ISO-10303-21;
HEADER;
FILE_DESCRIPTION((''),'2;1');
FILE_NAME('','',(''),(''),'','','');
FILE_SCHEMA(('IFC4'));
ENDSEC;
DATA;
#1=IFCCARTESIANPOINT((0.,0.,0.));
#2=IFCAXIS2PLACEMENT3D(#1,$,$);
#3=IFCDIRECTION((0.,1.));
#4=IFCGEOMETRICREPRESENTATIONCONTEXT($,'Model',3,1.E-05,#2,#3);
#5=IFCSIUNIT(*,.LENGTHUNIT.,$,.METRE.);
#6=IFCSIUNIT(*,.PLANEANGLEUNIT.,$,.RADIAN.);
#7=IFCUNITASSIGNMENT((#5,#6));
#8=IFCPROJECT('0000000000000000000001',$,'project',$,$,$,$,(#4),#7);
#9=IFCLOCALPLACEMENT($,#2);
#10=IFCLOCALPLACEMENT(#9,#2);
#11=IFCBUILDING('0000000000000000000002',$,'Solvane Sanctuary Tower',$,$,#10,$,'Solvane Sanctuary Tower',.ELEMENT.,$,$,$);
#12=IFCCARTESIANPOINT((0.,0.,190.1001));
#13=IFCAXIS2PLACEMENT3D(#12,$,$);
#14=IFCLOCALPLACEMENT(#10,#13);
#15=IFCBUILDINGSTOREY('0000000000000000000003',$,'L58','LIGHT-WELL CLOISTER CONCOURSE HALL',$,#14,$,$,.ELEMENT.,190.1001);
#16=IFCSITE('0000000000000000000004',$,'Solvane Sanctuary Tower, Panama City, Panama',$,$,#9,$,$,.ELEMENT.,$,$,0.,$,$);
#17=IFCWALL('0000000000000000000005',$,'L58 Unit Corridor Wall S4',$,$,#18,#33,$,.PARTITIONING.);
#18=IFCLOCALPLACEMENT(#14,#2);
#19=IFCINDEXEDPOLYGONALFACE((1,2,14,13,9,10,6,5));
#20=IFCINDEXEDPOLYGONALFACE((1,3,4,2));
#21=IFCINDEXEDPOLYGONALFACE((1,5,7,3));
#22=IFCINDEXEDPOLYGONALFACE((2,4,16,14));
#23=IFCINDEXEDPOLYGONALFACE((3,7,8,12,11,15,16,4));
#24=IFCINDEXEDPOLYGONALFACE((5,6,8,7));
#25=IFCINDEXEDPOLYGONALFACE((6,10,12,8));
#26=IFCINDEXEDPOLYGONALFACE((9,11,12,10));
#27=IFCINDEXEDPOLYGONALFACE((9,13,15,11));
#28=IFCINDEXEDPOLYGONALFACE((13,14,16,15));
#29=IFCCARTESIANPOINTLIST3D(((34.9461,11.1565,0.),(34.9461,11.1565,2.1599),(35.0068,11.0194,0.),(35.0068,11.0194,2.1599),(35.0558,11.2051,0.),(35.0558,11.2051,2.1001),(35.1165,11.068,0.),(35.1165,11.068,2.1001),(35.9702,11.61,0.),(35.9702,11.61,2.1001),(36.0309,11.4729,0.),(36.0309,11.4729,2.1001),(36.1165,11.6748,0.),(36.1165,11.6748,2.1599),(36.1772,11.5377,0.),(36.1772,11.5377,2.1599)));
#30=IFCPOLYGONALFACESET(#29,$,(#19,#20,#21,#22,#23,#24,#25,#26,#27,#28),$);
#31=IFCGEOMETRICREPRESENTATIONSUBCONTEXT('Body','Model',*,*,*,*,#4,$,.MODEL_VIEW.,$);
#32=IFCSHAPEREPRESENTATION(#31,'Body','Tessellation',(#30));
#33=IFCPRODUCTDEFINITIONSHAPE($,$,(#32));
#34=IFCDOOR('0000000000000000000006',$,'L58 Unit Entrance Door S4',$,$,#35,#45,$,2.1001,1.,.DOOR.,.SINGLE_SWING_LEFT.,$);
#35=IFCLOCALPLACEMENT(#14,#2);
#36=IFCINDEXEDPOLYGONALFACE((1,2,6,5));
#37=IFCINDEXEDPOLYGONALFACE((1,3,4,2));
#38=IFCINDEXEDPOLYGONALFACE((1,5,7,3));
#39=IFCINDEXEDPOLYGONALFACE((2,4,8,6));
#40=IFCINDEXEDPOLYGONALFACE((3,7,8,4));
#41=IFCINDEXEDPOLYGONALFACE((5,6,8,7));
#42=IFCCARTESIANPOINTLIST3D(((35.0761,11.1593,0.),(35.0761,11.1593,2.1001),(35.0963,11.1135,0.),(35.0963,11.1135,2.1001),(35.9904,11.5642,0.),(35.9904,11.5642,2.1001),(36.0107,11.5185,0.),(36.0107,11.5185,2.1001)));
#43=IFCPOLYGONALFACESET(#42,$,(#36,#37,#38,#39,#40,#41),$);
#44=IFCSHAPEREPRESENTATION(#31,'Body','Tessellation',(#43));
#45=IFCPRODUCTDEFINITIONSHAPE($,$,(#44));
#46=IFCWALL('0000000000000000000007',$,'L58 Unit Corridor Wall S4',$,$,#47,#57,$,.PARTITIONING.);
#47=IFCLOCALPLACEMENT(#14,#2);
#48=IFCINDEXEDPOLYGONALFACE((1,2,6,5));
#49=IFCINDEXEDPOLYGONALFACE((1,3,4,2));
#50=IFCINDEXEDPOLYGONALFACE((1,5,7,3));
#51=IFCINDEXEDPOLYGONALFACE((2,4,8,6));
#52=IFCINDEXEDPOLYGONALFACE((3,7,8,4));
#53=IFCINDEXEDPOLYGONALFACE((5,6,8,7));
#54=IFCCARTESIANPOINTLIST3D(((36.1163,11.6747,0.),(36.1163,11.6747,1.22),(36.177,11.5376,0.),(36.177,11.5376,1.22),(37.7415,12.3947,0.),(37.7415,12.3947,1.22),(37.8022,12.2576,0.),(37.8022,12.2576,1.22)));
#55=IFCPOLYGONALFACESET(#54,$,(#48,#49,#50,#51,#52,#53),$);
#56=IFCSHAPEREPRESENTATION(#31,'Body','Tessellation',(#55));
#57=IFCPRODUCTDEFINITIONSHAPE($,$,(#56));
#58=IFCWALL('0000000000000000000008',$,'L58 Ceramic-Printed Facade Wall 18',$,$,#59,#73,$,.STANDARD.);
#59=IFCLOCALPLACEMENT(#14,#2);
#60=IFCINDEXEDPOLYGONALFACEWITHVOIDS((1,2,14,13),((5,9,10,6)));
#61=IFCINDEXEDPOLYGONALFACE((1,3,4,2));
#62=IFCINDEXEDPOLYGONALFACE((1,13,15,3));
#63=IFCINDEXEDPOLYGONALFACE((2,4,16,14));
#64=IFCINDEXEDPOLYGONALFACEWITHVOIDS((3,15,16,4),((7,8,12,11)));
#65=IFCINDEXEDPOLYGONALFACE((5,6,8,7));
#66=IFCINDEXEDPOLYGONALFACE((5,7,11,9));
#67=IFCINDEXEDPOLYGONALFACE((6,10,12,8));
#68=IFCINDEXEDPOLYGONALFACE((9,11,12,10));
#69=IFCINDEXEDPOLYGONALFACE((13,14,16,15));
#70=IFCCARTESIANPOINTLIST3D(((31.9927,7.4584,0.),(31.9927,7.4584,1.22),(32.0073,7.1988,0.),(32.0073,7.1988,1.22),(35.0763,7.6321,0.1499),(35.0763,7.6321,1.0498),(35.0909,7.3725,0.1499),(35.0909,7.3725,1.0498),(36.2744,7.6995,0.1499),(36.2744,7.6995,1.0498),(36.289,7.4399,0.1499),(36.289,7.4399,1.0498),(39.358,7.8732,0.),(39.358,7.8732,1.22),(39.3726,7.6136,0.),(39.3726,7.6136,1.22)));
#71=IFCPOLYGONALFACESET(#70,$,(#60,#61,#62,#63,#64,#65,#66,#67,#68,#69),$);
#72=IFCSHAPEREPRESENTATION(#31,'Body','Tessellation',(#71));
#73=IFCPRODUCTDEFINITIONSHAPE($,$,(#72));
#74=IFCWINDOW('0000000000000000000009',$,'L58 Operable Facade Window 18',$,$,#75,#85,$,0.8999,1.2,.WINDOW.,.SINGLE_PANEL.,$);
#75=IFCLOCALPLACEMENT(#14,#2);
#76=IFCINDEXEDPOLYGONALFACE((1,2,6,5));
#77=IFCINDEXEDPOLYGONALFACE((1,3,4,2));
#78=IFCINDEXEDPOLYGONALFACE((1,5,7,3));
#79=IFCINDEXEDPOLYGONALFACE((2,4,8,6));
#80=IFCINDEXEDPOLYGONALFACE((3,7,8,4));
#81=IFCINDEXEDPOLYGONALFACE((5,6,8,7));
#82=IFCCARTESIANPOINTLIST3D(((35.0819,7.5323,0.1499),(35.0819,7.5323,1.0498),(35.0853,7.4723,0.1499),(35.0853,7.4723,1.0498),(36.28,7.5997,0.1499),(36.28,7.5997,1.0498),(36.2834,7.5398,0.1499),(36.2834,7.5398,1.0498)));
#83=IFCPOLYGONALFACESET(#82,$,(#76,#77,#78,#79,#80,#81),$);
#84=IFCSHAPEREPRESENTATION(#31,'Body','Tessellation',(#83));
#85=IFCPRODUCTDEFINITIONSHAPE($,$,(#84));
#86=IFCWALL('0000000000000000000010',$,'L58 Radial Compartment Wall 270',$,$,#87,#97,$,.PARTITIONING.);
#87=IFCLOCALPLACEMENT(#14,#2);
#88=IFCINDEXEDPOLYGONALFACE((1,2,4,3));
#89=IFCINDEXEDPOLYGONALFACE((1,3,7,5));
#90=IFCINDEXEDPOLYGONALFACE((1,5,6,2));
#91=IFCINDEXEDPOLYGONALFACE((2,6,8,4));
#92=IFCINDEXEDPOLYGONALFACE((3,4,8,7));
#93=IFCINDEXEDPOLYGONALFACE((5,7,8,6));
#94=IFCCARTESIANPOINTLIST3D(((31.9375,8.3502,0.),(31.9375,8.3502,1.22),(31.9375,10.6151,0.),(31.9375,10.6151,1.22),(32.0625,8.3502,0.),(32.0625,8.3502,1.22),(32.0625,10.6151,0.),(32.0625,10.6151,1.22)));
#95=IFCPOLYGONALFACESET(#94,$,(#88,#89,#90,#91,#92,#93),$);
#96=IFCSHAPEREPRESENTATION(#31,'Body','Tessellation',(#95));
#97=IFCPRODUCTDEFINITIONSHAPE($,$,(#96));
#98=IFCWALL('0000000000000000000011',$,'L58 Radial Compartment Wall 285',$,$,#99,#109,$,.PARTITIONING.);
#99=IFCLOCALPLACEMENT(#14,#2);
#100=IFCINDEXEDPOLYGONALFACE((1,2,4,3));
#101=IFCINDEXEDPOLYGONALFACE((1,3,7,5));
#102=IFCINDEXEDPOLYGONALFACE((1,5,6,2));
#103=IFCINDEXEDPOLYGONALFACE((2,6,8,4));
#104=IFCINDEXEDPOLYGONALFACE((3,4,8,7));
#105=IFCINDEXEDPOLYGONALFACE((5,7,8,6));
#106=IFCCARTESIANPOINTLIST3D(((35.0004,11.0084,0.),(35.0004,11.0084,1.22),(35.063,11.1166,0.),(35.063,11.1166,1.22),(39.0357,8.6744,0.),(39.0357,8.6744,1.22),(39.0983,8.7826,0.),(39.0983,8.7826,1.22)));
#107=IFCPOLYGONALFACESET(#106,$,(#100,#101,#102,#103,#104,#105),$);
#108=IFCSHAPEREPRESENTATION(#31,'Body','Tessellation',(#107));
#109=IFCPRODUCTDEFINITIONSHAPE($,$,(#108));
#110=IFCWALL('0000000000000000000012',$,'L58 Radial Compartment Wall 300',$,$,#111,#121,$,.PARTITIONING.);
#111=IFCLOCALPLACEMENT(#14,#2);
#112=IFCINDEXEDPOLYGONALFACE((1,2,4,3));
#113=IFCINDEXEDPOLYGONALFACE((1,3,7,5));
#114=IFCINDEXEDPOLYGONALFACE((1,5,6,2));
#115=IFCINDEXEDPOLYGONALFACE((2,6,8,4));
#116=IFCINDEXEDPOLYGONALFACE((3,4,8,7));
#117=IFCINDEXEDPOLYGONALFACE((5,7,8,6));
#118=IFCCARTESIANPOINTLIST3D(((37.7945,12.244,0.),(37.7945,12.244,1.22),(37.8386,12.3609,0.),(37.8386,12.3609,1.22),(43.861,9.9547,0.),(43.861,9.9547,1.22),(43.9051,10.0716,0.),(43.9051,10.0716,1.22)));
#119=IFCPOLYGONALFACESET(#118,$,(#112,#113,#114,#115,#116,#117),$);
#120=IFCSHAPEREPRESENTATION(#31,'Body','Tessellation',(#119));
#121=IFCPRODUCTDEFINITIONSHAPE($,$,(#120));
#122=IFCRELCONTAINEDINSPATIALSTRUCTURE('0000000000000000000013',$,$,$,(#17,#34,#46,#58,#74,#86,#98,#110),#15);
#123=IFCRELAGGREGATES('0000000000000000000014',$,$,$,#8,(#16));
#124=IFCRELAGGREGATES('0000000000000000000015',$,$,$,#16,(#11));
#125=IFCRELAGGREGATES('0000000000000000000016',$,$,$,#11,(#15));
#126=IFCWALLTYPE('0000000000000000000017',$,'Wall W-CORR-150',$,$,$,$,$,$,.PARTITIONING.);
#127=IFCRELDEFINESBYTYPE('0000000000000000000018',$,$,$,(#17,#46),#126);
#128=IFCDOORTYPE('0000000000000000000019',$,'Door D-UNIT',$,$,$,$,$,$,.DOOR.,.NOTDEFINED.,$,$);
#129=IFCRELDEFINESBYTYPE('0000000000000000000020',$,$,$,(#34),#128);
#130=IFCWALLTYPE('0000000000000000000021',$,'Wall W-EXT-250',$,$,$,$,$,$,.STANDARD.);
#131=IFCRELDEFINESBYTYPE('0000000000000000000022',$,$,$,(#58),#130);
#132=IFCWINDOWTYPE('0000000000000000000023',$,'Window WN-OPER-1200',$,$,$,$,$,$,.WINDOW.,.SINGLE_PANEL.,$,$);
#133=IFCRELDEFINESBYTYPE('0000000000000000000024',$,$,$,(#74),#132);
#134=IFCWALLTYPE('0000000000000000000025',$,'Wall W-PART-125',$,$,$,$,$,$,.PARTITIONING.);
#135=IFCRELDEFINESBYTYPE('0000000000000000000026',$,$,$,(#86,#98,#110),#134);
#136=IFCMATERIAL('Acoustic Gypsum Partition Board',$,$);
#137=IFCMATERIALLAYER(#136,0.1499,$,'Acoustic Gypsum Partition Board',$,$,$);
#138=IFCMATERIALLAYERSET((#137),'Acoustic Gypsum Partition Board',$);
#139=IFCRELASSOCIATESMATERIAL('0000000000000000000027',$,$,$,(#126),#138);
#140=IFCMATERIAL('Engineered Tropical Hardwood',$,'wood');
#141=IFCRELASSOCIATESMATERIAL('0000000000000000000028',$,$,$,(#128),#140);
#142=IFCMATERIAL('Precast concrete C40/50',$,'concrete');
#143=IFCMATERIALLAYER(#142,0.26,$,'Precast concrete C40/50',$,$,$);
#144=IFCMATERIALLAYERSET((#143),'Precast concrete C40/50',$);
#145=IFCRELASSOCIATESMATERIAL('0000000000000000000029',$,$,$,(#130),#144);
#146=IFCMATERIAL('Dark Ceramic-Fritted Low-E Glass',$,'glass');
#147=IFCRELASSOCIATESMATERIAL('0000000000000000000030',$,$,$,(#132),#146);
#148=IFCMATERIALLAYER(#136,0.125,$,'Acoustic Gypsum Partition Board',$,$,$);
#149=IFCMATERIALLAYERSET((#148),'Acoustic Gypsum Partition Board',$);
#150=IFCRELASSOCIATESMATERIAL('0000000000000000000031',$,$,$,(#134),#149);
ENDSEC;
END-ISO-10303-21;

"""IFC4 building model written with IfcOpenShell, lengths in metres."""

from ifc_helpers import new_model, si_unit, direction, frame, frame_2d, origin, place, context, subcontext, project, spatial, rectangle, extrude, material, layer, layer_set, type_object, element, fill, save


model = new_model("IFC4")

# Units and contexts
model_context = context("Model", 3, precision=1e-05, world=origin(), true_north=direction((0.0, 1.0)))
body_context = subcontext(model_context, "Body", "Model", "MODEL_VIEW")
ifc_project = project(units=[si_unit("LENGTHUNIT", "METRE"), si_unit("PLANEANGLEUNIT", "RADIAN")], contexts=[model_context])

# Site, building, storey
site_placement = place(None, origin())
site = spatial("IfcSite", under=ifc_project, at=site_placement, Name="Solvane Sanctuary Tower, Panama City, Panama", CompositionType="ELEMENT", RefElevation=0.0)
building_placement = place(site_placement, origin())
building = spatial("IfcBuilding", under=site, at=building_placement, Name="Solvane Sanctuary Tower", LongName="Solvane Sanctuary Tower", CompositionType="ELEMENT")
storey_placement = place(building_placement, frame((0.0, 0.0, 190.1001)))
storey = spatial("IfcBuildingStorey", under=building, at=storey_placement, Name="L58", Description="LIGHT-WELL CLOISTER CONCOURSE HALL", CompositionType="ELEMENT", Elevation=190.1001)

# Shared definitions
ifc_material_1 = material(Name="Acoustic Gypsum Partition Board")
ifc_layer_1 = layer(ifc_material_1, 0.1499, Name="Acoustic Gypsum Partition Board")
ifc_layer_set_1 = layer_set([ifc_layer_1], Name="Acoustic Gypsum Partition Board")
wall_type_1 = type_object("IfcWallType", Name="Wall W-CORR-150", PredefinedType="PARTITIONING", material=ifc_layer_set_1)

# Shared definitions
ifc_material_2 = material(Name="Engineered Tropical Hardwood", Category="wood")

# Shared definitions
door_type_1 = type_object("IfcDoorType", Name="Door D-UNIT", OperationType="NOTDEFINED", PredefinedType="DOOR", material=ifc_material_2)

# Wall, opening, door
wall_1_placement = place(storey_placement, frame((34.9763, 11.0879, 0.0), z_axis=(0.0, 0.0, 1.0), x_axis=(0.914353, 0.404917, 0.0)))
wall_1 = element("IfcWall", 1, at=wall_1_placement, inside=storey, type_object=wall_type_1, Name="L58 Unit Corridor Wall S4", PredefinedType="PARTITIONING", context=body_context, shape_type="SweptSolid", body=[
    extrude(rectangle(XDim=1.28, YDim=0.1499, at=frame_2d((0.6401, 0.0))), origin(), (0.0, 0.0, 1.0), 2.1599),
])
opening_1_placement = place(wall_1_placement, frame((0.1201, 0.0, 0.0)))
opening_1 = element("IfcOpeningElement", 2, at=opening_1_placement, cuts=wall_1, PredefinedType="OPENING", context=body_context, shape_type="SweptSolid", body=[
    extrude(rectangle(XDim=1.0, YDim=2.1001, at=frame_2d((0.5, 1.05))), frame((0.0, 0.085, 0.0), z_axis=(0.0, -1.0, 0.0), x_axis=(1.0, 0.0, 0.0)), (0.0, 0.0, 1.0), 0.1699),
])
door_1_placement = place(opening_1_placement, origin())
door_1 = element("IfcDoor", 3, at=door_1_placement, inside=storey, type_object=door_type_1, Name="L58 Unit Entrance Door S4", OperationType="SINGLE_SWING_LEFT", OverallHeight=2.1001, OverallWidth=1.0, PredefinedType="DOOR", context=body_context, shape_type="SweptSolid", body=[
    extrude(rectangle(XDim=1.0, YDim=2.1001, at=frame_2d((0.5, 1.05))), frame((0.0, 0.0249, 0.0), z_axis=(0.0, -1.0, 0.0), x_axis=(1.0, 0.0, 0.0)), (0.0, 0.0, 1.0), 0.05),
])
fill(opening_1, door_1)

# Wall
wall_2_placement = place(storey_placement, frame((36.1467, 11.6062, 0.0), z_axis=(0.0, 0.0, 1.0), x_axis=(0.914304, 0.405029, 0.0)))
element("IfcWall", 4, at=wall_2_placement, inside=storey, type_object=wall_type_1, Name="L58 Unit Corridor Wall S4", PredefinedType="PARTITIONING", context=body_context, shape_type="SweptSolid", body=[
    extrude(rectangle(XDim=1.7776, YDim=0.1499, at=frame_2d((0.8887, 0.0))), origin(), (0.0, 0.0, 1.0), 1.22),
])

# Wall, opening, window
ifc_material_3 = material(Name="Precast concrete C40/50", Category="concrete")
ifc_layer_2 = layer(ifc_material_3, 0.26, Name="Precast concrete C40/50")
ifc_layer_set_2 = layer_set([ifc_layer_2], Name="Precast concrete C40/50")
wall_type_2 = type_object("IfcWallType", Name="Wall W-EXT-250", PredefinedType="STANDARD", material=ifc_layer_set_2)
wall_3_placement = place(storey_placement, frame((32.0, 7.3286, 0.0), z_axis=(0.0, 0.0, 1.0), x_axis=(0.998418, 0.056229, 0.0)))
wall_3 = element("IfcWall", 5, at=wall_3_placement, inside=storey, type_object=wall_type_2, Name="L58 Ceramic-Printed Facade Wall 18", PredefinedType="STANDARD", context=body_context, shape_type="SweptSolid", body=[
    extrude(rectangle(XDim=7.377, YDim=0.26, at=frame_2d((3.6885, 0.0))), origin(), (0.0, 0.0, 1.0), 1.22),
])
opening_2_placement = place(wall_3_placement, frame((3.0884, 0.0, 0.1499)))
opening_2 = element("IfcOpeningElement", 6, at=opening_2_placement, cuts=wall_3, PredefinedType="OPENING", context=body_context, shape_type="SweptSolid", body=[
    extrude(rectangle(XDim=1.2, YDim=0.8999, at=frame_2d((0.6001, 0.45))), frame((0.0, 0.1399, 0.0), z_axis=(0.0, -1.0, 0.0), x_axis=(1.0, 0.0, 0.0)), (0.0, 0.0, 1.0), 0.28),
])
ifc_material_4 = material(Name="Dark Ceramic-Fritted Low-E Glass", Category="glass")
window_type = type_object("IfcWindowType", Name="Window WN-OPER-1200", PartitioningType="SINGLE_PANEL", PredefinedType="WINDOW", material=ifc_material_4)
window_placement = place(opening_2_placement, origin())
window = element("IfcWindow", 7, at=window_placement, inside=storey, type_object=window_type, Name="L58 Operable Facade Window 18", OverallHeight=0.8999, OverallWidth=1.2, PartitioningType="SINGLE_PANEL", PredefinedType="WINDOW", context=body_context, shape_type="SweptSolid", body=[
    extrude(rectangle(XDim=1.2, YDim=0.8999, at=frame_2d((0.6001, 0.45))), frame((0.0, 0.03, 0.0), z_axis=(0.0, -1.0, 0.0), x_axis=(1.0, 0.0, 0.0)), (0.0, 0.0, 1.0), 0.0601),
])
fill(opening_2, window)

# Walls
ifc_layer_3 = layer(ifc_material_1, 0.125, Name="Acoustic Gypsum Partition Board")
ifc_layer_set_3 = layer_set([ifc_layer_3], Name="Acoustic Gypsum Partition Board")
wall_type_3 = type_object("IfcWallType", Name="Wall W-PART-125", PredefinedType="PARTITIONING", material=ifc_layer_set_3)
wall_4_placement = place(storey_placement, frame((32.0, 10.615, 0.0), z_axis=(0.0, 0.0, 1.0), x_axis=(0.0, -1.0, 0.0)))
element("IfcWall", 8, at=wall_4_placement, inside=storey, type_object=wall_type_3, Name="L58 Radial Compartment Wall 270", PredefinedType="PARTITIONING", context=body_context, shape_type="SweptSolid", body=[
    extrude(rectangle(XDim=2.2649, YDim=0.125, at=frame_2d((1.1323, 0.0))), origin(), (0.0, 0.0, 1.0), 1.22),
])
wall_5_placement = place(storey_placement, frame((35.0317, 11.0625, 0.0), z_axis=(0.0, 0.0, 1.0), x_axis=(0.865627, -0.500689, 0.0)))
element("IfcWall", 9, at=wall_5_placement, inside=storey, type_object=wall_type_3, Name="L58 Radial Compartment Wall 285", PredefinedType="PARTITIONING", context=body_context, shape_type="SweptSolid", body=[
    extrude(rectangle(XDim=4.6616, YDim=0.125, at=frame_2d((2.3308, 0.0))), origin(), (0.0, 0.0, 1.0), 1.22),
])
wall_6_placement = place(storey_placement, frame((37.8164, 12.3025, 0.0), z_axis=(0.0, 0.0, 1.0), x_axis=(0.935601, -0.353058, 0.0)))
element("IfcWall", 10, at=wall_6_placement, inside=storey, type_object=wall_type_3, Name="L58 Radial Compartment Wall 300", PredefinedType="PARTITIONING", context=body_context, shape_type="SweptSolid", body=[
    extrude(rectangle(XDim=6.4841, YDim=0.125, at=frame_2d((3.2422, 0.0))), origin(), (0.0, 0.0, 1.0), 1.22),
])

save(model, "model.ifc")
